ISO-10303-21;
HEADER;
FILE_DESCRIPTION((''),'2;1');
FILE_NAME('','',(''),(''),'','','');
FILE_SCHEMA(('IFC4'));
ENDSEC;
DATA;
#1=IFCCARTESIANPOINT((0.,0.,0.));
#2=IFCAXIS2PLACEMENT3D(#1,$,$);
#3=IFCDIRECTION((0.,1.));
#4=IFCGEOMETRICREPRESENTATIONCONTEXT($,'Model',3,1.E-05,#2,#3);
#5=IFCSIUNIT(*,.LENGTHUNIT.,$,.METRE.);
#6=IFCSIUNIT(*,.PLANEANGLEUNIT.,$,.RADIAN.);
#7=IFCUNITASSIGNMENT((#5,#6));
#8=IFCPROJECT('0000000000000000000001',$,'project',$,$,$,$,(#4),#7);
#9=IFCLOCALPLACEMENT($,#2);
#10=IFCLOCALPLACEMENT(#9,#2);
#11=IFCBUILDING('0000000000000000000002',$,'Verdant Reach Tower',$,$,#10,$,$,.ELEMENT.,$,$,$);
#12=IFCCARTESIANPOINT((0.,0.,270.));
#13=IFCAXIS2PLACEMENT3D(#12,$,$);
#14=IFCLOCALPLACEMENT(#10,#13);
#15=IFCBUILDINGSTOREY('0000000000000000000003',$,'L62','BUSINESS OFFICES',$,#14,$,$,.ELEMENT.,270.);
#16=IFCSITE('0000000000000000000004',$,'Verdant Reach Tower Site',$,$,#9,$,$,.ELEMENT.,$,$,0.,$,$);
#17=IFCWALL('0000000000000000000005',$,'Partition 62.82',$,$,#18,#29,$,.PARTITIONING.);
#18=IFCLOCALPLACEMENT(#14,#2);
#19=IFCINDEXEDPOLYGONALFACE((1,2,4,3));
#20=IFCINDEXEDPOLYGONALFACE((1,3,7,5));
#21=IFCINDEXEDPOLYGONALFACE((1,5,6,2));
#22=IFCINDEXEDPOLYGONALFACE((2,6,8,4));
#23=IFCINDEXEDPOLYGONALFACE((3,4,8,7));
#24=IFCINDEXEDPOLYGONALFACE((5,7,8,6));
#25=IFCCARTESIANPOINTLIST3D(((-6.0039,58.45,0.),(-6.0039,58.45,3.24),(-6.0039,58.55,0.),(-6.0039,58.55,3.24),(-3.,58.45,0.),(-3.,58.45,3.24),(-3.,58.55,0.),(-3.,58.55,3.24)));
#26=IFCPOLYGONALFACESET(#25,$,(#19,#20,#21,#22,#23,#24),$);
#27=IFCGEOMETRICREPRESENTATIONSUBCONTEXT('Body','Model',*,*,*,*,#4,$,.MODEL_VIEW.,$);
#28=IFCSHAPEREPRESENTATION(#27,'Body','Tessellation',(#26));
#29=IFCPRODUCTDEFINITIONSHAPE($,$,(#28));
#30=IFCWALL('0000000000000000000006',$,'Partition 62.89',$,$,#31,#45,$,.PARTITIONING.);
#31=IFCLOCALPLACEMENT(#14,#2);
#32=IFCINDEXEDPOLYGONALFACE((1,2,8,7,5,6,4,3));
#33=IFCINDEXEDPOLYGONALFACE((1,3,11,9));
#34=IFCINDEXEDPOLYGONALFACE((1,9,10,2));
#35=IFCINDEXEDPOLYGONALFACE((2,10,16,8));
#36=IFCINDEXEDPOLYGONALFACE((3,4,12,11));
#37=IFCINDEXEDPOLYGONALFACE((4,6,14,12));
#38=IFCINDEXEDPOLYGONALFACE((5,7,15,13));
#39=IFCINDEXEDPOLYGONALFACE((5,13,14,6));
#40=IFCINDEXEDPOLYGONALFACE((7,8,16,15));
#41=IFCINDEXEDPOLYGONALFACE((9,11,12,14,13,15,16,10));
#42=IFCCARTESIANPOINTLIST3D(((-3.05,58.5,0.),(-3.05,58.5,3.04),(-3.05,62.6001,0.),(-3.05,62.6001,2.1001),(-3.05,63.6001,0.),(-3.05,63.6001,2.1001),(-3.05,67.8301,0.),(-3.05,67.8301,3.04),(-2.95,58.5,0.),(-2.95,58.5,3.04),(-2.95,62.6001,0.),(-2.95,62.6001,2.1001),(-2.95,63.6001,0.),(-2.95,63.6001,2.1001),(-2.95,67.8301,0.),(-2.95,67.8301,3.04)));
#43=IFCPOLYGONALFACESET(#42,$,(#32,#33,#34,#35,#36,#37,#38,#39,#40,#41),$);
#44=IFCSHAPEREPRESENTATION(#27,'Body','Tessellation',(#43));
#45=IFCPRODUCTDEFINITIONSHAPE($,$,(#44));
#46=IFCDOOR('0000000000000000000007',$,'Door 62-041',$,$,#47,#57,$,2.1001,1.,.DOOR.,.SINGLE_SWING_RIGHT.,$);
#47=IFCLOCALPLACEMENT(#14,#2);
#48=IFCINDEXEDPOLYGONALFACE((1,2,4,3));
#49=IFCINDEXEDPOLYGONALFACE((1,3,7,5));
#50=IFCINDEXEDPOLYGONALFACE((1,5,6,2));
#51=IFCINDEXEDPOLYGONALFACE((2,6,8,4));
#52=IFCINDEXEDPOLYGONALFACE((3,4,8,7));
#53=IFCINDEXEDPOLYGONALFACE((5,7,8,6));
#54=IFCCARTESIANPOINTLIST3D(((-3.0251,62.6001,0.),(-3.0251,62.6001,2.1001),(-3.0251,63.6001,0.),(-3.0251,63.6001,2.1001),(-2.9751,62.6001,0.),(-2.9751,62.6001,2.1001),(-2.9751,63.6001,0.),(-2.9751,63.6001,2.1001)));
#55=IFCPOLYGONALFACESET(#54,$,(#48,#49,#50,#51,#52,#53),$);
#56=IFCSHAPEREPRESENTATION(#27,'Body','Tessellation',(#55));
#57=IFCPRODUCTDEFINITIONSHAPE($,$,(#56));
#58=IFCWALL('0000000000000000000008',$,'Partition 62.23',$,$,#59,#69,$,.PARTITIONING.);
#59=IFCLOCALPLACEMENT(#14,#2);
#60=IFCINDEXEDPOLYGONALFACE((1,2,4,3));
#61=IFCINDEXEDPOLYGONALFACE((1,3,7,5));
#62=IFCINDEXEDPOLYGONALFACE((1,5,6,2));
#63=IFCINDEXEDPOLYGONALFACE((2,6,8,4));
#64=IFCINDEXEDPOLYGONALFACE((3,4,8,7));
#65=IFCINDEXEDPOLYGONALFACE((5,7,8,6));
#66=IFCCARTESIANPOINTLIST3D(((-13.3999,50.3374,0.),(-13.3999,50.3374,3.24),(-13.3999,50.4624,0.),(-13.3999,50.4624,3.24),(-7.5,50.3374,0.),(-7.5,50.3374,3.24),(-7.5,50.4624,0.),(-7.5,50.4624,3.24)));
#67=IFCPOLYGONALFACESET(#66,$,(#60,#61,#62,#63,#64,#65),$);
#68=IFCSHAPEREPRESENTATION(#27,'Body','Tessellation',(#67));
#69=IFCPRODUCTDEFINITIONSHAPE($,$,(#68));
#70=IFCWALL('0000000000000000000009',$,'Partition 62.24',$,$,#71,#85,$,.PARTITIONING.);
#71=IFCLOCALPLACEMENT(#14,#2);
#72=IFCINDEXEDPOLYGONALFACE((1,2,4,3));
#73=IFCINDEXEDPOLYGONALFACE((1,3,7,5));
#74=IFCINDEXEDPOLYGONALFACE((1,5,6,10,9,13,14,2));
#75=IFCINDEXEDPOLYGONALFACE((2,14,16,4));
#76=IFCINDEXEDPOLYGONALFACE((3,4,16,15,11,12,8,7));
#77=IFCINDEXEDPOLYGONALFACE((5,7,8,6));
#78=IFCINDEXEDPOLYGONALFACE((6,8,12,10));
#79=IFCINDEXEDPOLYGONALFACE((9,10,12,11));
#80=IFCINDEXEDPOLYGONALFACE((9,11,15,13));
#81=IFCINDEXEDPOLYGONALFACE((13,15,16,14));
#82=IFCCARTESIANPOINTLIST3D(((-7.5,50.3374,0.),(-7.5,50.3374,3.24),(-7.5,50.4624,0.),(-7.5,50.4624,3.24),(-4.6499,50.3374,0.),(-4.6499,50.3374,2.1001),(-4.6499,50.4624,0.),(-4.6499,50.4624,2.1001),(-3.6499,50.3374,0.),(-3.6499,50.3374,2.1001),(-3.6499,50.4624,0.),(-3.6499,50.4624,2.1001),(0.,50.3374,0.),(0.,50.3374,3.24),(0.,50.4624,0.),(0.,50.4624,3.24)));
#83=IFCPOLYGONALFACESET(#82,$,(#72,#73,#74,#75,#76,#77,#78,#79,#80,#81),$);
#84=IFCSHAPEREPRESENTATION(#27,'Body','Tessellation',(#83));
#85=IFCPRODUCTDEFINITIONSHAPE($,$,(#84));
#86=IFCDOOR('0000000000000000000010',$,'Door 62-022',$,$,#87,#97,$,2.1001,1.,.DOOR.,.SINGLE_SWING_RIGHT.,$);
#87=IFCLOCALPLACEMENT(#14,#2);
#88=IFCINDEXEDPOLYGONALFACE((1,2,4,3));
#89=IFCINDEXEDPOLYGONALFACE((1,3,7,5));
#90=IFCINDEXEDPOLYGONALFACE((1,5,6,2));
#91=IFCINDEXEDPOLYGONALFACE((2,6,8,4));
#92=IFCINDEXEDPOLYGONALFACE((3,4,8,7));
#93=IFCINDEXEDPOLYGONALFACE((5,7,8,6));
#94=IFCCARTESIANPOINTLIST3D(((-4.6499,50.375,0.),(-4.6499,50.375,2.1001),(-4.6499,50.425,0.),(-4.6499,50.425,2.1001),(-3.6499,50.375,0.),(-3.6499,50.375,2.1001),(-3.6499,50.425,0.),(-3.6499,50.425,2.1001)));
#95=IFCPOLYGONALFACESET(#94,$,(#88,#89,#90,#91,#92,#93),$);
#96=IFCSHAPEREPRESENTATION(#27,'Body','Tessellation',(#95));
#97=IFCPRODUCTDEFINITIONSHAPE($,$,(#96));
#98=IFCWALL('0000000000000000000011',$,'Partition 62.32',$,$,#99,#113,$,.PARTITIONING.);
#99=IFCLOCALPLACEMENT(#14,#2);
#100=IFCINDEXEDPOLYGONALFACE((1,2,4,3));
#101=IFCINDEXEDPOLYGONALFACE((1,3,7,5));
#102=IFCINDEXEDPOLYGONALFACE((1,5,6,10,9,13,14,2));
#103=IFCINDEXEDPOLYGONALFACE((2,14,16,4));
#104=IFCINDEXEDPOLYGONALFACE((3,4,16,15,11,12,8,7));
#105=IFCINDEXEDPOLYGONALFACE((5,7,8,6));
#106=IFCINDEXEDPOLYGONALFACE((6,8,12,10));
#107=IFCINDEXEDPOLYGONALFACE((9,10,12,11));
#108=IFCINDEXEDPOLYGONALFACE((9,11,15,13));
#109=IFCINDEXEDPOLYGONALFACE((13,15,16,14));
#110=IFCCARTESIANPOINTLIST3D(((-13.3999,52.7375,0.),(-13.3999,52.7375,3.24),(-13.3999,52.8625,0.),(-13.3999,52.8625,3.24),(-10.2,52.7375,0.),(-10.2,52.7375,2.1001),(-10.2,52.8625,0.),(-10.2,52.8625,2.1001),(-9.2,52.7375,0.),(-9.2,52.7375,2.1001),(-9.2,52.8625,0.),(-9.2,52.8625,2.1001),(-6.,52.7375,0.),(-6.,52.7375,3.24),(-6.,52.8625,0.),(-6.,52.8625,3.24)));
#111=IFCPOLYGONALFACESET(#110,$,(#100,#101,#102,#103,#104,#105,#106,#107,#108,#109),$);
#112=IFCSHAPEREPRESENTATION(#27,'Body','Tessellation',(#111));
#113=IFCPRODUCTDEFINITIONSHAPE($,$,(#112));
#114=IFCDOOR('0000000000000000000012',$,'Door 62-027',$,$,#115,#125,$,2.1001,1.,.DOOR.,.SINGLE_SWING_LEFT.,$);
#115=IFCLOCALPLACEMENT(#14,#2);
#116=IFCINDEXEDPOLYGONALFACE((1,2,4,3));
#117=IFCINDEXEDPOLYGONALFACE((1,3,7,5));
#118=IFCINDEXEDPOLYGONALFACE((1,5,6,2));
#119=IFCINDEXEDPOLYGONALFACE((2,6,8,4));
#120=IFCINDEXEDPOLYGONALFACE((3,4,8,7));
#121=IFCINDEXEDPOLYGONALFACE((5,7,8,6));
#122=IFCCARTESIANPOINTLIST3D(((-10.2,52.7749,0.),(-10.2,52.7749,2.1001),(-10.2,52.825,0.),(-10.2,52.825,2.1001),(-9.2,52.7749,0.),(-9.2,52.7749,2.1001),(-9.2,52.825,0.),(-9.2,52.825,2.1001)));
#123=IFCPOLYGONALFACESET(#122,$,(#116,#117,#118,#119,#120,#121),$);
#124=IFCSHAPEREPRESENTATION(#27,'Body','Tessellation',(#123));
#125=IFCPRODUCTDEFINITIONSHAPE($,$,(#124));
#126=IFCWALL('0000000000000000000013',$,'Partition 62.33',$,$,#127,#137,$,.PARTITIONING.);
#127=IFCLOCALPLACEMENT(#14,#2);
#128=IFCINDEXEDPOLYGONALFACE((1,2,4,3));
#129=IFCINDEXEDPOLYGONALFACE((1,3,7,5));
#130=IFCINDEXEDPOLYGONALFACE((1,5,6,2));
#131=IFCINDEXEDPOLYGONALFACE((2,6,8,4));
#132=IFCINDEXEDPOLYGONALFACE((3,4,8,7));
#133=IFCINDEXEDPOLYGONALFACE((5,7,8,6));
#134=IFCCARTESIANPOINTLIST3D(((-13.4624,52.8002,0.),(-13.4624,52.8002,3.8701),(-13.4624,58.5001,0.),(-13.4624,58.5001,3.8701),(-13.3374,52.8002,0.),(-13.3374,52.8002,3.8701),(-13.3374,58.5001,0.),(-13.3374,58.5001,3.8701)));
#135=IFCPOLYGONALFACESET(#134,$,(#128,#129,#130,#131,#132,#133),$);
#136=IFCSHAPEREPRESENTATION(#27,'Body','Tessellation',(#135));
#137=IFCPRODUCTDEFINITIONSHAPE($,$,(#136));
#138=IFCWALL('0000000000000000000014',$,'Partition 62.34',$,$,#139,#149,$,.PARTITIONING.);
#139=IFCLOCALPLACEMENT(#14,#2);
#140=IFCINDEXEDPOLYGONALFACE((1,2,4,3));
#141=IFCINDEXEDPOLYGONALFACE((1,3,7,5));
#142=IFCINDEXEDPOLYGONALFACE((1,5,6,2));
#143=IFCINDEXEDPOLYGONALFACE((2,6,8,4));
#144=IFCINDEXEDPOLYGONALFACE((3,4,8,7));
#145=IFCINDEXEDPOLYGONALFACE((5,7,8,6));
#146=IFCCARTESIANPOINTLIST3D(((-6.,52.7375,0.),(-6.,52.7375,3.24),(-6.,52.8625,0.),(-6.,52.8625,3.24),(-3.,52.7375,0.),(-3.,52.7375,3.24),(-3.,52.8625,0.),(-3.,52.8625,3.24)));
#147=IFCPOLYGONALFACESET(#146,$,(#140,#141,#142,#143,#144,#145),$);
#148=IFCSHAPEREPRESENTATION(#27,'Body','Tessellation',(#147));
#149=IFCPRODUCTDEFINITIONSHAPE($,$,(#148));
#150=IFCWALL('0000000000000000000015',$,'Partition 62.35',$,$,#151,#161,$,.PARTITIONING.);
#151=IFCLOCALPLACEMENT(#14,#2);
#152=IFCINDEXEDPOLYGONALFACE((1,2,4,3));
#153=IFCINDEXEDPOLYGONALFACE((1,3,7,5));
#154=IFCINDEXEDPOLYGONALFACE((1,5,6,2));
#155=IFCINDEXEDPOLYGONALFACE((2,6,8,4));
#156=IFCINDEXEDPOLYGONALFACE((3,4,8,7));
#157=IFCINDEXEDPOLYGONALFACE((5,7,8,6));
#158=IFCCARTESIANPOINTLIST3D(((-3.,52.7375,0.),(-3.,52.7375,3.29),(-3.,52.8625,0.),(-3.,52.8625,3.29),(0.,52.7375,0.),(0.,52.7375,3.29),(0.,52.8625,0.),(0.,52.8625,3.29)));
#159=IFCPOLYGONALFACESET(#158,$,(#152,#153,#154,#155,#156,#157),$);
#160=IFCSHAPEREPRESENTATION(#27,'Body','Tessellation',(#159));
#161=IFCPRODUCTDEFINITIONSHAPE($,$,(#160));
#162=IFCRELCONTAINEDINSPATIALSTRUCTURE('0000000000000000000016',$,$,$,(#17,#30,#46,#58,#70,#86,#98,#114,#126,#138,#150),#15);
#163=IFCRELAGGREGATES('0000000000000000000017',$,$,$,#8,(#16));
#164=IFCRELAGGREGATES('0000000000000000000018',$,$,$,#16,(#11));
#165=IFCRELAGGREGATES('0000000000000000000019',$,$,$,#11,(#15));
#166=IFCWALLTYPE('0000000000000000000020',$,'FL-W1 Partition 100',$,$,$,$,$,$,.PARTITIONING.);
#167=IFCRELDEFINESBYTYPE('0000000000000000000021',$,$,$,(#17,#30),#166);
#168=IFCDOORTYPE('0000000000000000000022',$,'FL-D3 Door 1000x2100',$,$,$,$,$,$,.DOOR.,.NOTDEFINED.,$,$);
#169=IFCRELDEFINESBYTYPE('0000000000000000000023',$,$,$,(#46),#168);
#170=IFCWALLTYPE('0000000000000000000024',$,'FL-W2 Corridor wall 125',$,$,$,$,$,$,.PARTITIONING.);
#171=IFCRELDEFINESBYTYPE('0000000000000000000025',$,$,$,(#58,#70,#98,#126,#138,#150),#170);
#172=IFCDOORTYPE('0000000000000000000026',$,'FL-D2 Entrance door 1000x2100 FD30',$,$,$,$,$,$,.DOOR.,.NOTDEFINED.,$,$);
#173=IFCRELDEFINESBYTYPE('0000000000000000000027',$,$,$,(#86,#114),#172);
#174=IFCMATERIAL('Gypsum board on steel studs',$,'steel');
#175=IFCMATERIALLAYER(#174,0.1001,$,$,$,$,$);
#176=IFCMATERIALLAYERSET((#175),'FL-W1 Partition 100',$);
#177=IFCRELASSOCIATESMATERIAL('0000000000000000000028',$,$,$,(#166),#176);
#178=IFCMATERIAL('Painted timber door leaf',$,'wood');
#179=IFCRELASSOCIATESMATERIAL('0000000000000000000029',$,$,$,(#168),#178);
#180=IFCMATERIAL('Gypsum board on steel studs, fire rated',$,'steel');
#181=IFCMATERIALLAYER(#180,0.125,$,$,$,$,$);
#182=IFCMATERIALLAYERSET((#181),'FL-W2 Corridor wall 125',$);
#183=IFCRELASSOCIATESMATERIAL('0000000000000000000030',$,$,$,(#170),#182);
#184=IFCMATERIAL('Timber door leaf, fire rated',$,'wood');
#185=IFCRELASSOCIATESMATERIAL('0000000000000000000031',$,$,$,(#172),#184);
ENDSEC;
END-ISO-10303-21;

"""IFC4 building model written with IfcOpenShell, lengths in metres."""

from ifc_helpers import new_model, si_unit, direction, frame, frame_2d, origin, place, context, subcontext, project, spatial, rectangle, extrude, material, layer, layer_set, type_object, element, fill, save


model = new_model("IFC4")

# Units and contexts
model_context = context("Model", 3, precision=1e-05, world=origin(), true_north=direction((0.0, 1.0)))
body_context = subcontext(model_context, "Body", "Model", "MODEL_VIEW")
ifc_project = project(units=[si_unit("LENGTHUNIT", "METRE"), si_unit("PLANEANGLEUNIT", "RADIAN")], contexts=[model_context])

# Site, building, storey
site_placement = place(None, origin())
site = spatial("IfcSite", under=ifc_project, at=site_placement, Name="Verdant Reach Tower Site", CompositionType="ELEMENT", RefElevation=0.0)
building_placement = place(site_placement, origin())
building = spatial("IfcBuilding", under=site, at=building_placement, Name="Verdant Reach Tower", CompositionType="ELEMENT")
storey_placement = place(building_placement, frame((0.0, 0.0, 270.0)))
storey = spatial("IfcBuildingStorey", under=building, at=storey_placement, Name="L62", Description="BUSINESS OFFICES", CompositionType="ELEMENT", Elevation=270.0)

# Shared definitions
ifc_material_1 = material(Name="Gypsum board on steel studs", Category="steel")
ifc_layer_1 = layer(ifc_material_1, 0.1001)
ifc_layer_set_1 = layer_set([ifc_layer_1], Name="FL-W1 Partition 100")
wall_type_1 = type_object("IfcWallType", Name="FL-W1 Partition 100", PredefinedType="PARTITIONING", material=ifc_layer_set_1)
ifc_material_2 = material(Name="Painted timber door leaf", Category="wood")
door_type_1 = type_object("IfcDoorType", Name="FL-D3 Door 1000x2100", OperationType="NOTDEFINED", PredefinedType="DOOR", material=ifc_material_2)

# Wall
wall_1_placement = place(storey_placement, frame((-3.0, 58.5, 0.0), z_axis=(0.0, 0.0, 1.0), x_axis=(-1.0, 0.0, 0.0)))
element("IfcWall", 1, at=wall_1_placement, inside=storey, type_object=wall_type_1, Name="Partition 62.82", PredefinedType="PARTITIONING", context=body_context, shape_type="SweptSolid", body=[
    extrude(rectangle(XDim=3.0039, YDim=0.1001, at=frame_2d((1.502, 0.0))), origin(), (0.0, 0.0, 1.0), 3.24),
])

# Wall, opening, door
wall_2_placement = place(storey_placement, frame((-3.0, 67.8301, 0.0), z_axis=(0.0, 0.0, 1.0), x_axis=(0.0, -1.0, 0.0)))
wall_2 = element("IfcWall", 2, at=wall_2_placement, inside=storey, type_object=wall_type_1, Name="Partition 62.89", PredefinedType="PARTITIONING", context=body_context, shape_type="SweptSolid", body=[
    extrude(rectangle(XDim=9.3301, YDim=0.1001, at=frame_2d((4.665, 0.0))), origin(), (0.0, 0.0, 1.0), 3.04),
])
opening_1_placement = place(wall_2_placement, frame((4.23, 0.0, 0.0)))
opening_1 = element("IfcOpeningElement", 3, at=opening_1_placement, cuts=wall_2, PredefinedType="OPENING", context=body_context, shape_type="SweptSolid", body=[
    extrude(rectangle(XDim=1.0, YDim=2.1001, at=frame_2d((0.5, 1.05))), frame((0.0, 0.0601, 0.0), z_axis=(0.0, -1.0, 0.0), x_axis=(1.0, 0.0, 0.0)), (0.0, 0.0, 1.0), 0.1201),
])
door_1_placement = place(opening_1_placement, origin())
door_1 = element("IfcDoor", 4, at=door_1_placement, inside=storey, type_object=door_type_1, Name="Door 62-041", OperationType="SINGLE_SWING_RIGHT", OverallHeight=2.1001, OverallWidth=1.0, PredefinedType="DOOR", context=body_context, shape_type="SweptSolid", body=[
    extrude(rectangle(XDim=1.0, YDim=2.1001, at=frame_2d((0.5, 1.05))), frame((0.0, 0.0249, 0.0), z_axis=(0.0, -1.0, 0.0), x_axis=(1.0, 0.0, 0.0)), (0.0, 0.0, 1.0), 0.05),
])
fill(opening_1, door_1)

# Wall
ifc_material_3 = material(Name="Gypsum board on steel studs, fire rated", Category="steel")
ifc_layer_2 = layer(ifc_material_3, 0.125)
ifc_layer_set_2 = layer_set([ifc_layer_2], Name="FL-W2 Corridor wall 125")
wall_type_2 = type_object("IfcWallType", Name="FL-W2 Corridor wall 125", PredefinedType="PARTITIONING", material=ifc_layer_set_2)
wall_3_placement = place(storey_placement, frame((-7.5, 50.3999, 0.0), z_axis=(0.0, 0.0, 1.0), x_axis=(-1.0, 0.0, 0.0)))
element("IfcWall", 5, at=wall_3_placement, inside=storey, type_object=wall_type_2, Name="Partition 62.23", PredefinedType="PARTITIONING", context=body_context, shape_type="SweptSolid", body=[
    extrude(rectangle(XDim=5.8999, YDim=0.125, at=frame_2d((2.95, 0.0))), origin(), (0.0, 0.0, 1.0), 3.24),
])

# Walls, openings, doors
wall_4_placement = place(storey_placement, frame((0.0, 50.3999, 0.0), z_axis=(0.0, 0.0, 1.0), x_axis=(-1.0, 0.0, 0.0)))
wall_4 = element("IfcWall", 6, at=wall_4_placement, inside=storey, type_object=wall_type_2, Name="Partition 62.24", PredefinedType="PARTITIONING", context=body_context, shape_type="SweptSolid", body=[
    extrude(rectangle(XDim=7.5, YDim=0.125, at=frame_2d((3.75, 0.0))), origin(), (0.0, 0.0, 1.0), 3.24),
])
opening_2_placement = place(wall_4_placement, frame((3.6499, 0.0, 0.0)))
opening_2 = element("IfcOpeningElement", 7, at=opening_2_placement, cuts=wall_4, PredefinedType="OPENING", context=body_context, shape_type="SweptSolid", body=[
    extrude(rectangle(XDim=1.0, YDim=2.1001, at=frame_2d((0.5, 1.05))), frame((0.0, 0.0725, 0.0), z_axis=(0.0, -1.0, 0.0), x_axis=(1.0, 0.0, 0.0)), (0.0, 0.0, 1.0), 0.145),
])
ifc_material_4 = material(Name="Timber door leaf, fire rated", Category="wood")
door_type_2 = type_object("IfcDoorType", Name="FL-D2 Entrance door 1000x2100 FD30", OperationType="NOTDEFINED", PredefinedType="DOOR", material=ifc_material_4)
door_2_placement = place(opening_2_placement, origin())
door_2 = element("IfcDoor", 8, at=door_2_placement, inside=storey, type_object=door_type_2, Name="Door 62-022", OperationType="SINGLE_SWING_RIGHT", OverallHeight=2.1001, OverallWidth=1.0, PredefinedType="DOOR", context=body_context, shape_type="SweptSolid", body=[
    extrude(rectangle(XDim=1.0, YDim=2.1001, at=frame_2d((0.5, 1.05))), frame((0.0, 0.0249, 0.0), z_axis=(0.0, -1.0, 0.0), x_axis=(1.0, 0.0, 0.0)), (0.0, 0.0, 1.0), 0.05),
])
fill(opening_2, door_2)
wall_5_placement = place(storey_placement, frame((-13.3999, 52.8, 0.0), z_axis=(0.0, 0.0, 1.0), x_axis=(1.0, 0.0, 0.0)))
wall_5 = element("IfcWall", 9, at=wall_5_placement, inside=storey, type_object=wall_type_2, Name="Partition 62.32", PredefinedType="PARTITIONING", context=body_context, shape_type="SweptSolid", body=[
    extrude(rectangle(XDim=7.3999, YDim=0.125, at=frame_2d((3.7, 0.0))), origin(), (0.0, 0.0, 1.0), 3.24),
])
opening_3_placement = place(wall_5_placement, frame((3.2, 0.0, 0.0)))
opening_3 = element("IfcOpeningElement", 10, at=opening_3_placement, cuts=wall_5, PredefinedType="OPENING", context=body_context, shape_type="SweptSolid", body=[
    extrude(rectangle(XDim=1.0, YDim=2.1001, at=frame_2d((0.5, 1.05))), frame((0.0, 0.0725, 0.0), z_axis=(0.0, -1.0, 0.0), x_axis=(1.0, 0.0, 0.0)), (0.0, 0.0, 1.0), 0.145),
])
door_3_placement = place(opening_3_placement, origin())
door_3 = element("IfcDoor", 11, at=door_3_placement, inside=storey, type_object=door_type_2, Name="Door 62-027", OperationType="SINGLE_SWING_LEFT", OverallHeight=2.1001, OverallWidth=1.0, PredefinedType="DOOR", context=body_context, shape_type="SweptSolid", body=[
    extrude(rectangle(XDim=1.0, YDim=2.1001, at=frame_2d((0.5, 1.05))), frame((0.0, 0.0249, 0.0), z_axis=(0.0, -1.0, 0.0), x_axis=(1.0, 0.0, 0.0)), (0.0, 0.0, 1.0), 0.05),
])
fill(opening_3, door_3)

# Walls
wall_6_placement = place(storey_placement, frame((-13.3999, 52.8, 0.0), z_axis=(0.0, 0.0, 1.0), x_axis=(0.0, 1.0, 0.0)))
element("IfcWall", 12, at=wall_6_placement, inside=storey, type_object=wall_type_2, Name="Partition 62.33", PredefinedType="PARTITIONING", context=body_context, shape_type="SweptSolid", body=[
    extrude(rectangle(XDim=5.7, YDim=0.125, at=frame_2d((2.8501, 0.0))), origin(), (0.0, 0.0, 1.0), 3.8701),
])
wall_7_placement = place(storey_placement, frame((-3.0, 52.8, 0.0), z_axis=(0.0, 0.0, 1.0), x_axis=(-1.0, 0.0, 0.0)))
element("IfcWall", 13, at=wall_7_placement, inside=storey, type_object=wall_type_2, Name="Partition 62.34", PredefinedType="PARTITIONING", context=body_context, shape_type="SweptSolid", body=[
    extrude(rectangle(XDim=3.0, YDim=0.125, at=frame_2d((1.5, 0.0))), origin(), (0.0, 0.0, 1.0), 3.24),
])
wall_8_placement = place(storey_placement, frame((0.0, 52.8, 0.0), z_axis=(0.0, 0.0, 1.0), x_axis=(-1.0, 0.0, 0.0)))
element("IfcWall", 14, at=wall_8_placement, inside=storey, type_object=wall_type_2, Name="Partition 62.35", PredefinedType="PARTITIONING", context=body_context, shape_type="SweptSolid", body=[
    extrude(rectangle(XDim=3.0, YDim=0.125, at=frame_2d((1.5, 0.0))), origin(), (0.0, 0.0, 1.0), 3.29),
])

save(model, "model.ifc")
